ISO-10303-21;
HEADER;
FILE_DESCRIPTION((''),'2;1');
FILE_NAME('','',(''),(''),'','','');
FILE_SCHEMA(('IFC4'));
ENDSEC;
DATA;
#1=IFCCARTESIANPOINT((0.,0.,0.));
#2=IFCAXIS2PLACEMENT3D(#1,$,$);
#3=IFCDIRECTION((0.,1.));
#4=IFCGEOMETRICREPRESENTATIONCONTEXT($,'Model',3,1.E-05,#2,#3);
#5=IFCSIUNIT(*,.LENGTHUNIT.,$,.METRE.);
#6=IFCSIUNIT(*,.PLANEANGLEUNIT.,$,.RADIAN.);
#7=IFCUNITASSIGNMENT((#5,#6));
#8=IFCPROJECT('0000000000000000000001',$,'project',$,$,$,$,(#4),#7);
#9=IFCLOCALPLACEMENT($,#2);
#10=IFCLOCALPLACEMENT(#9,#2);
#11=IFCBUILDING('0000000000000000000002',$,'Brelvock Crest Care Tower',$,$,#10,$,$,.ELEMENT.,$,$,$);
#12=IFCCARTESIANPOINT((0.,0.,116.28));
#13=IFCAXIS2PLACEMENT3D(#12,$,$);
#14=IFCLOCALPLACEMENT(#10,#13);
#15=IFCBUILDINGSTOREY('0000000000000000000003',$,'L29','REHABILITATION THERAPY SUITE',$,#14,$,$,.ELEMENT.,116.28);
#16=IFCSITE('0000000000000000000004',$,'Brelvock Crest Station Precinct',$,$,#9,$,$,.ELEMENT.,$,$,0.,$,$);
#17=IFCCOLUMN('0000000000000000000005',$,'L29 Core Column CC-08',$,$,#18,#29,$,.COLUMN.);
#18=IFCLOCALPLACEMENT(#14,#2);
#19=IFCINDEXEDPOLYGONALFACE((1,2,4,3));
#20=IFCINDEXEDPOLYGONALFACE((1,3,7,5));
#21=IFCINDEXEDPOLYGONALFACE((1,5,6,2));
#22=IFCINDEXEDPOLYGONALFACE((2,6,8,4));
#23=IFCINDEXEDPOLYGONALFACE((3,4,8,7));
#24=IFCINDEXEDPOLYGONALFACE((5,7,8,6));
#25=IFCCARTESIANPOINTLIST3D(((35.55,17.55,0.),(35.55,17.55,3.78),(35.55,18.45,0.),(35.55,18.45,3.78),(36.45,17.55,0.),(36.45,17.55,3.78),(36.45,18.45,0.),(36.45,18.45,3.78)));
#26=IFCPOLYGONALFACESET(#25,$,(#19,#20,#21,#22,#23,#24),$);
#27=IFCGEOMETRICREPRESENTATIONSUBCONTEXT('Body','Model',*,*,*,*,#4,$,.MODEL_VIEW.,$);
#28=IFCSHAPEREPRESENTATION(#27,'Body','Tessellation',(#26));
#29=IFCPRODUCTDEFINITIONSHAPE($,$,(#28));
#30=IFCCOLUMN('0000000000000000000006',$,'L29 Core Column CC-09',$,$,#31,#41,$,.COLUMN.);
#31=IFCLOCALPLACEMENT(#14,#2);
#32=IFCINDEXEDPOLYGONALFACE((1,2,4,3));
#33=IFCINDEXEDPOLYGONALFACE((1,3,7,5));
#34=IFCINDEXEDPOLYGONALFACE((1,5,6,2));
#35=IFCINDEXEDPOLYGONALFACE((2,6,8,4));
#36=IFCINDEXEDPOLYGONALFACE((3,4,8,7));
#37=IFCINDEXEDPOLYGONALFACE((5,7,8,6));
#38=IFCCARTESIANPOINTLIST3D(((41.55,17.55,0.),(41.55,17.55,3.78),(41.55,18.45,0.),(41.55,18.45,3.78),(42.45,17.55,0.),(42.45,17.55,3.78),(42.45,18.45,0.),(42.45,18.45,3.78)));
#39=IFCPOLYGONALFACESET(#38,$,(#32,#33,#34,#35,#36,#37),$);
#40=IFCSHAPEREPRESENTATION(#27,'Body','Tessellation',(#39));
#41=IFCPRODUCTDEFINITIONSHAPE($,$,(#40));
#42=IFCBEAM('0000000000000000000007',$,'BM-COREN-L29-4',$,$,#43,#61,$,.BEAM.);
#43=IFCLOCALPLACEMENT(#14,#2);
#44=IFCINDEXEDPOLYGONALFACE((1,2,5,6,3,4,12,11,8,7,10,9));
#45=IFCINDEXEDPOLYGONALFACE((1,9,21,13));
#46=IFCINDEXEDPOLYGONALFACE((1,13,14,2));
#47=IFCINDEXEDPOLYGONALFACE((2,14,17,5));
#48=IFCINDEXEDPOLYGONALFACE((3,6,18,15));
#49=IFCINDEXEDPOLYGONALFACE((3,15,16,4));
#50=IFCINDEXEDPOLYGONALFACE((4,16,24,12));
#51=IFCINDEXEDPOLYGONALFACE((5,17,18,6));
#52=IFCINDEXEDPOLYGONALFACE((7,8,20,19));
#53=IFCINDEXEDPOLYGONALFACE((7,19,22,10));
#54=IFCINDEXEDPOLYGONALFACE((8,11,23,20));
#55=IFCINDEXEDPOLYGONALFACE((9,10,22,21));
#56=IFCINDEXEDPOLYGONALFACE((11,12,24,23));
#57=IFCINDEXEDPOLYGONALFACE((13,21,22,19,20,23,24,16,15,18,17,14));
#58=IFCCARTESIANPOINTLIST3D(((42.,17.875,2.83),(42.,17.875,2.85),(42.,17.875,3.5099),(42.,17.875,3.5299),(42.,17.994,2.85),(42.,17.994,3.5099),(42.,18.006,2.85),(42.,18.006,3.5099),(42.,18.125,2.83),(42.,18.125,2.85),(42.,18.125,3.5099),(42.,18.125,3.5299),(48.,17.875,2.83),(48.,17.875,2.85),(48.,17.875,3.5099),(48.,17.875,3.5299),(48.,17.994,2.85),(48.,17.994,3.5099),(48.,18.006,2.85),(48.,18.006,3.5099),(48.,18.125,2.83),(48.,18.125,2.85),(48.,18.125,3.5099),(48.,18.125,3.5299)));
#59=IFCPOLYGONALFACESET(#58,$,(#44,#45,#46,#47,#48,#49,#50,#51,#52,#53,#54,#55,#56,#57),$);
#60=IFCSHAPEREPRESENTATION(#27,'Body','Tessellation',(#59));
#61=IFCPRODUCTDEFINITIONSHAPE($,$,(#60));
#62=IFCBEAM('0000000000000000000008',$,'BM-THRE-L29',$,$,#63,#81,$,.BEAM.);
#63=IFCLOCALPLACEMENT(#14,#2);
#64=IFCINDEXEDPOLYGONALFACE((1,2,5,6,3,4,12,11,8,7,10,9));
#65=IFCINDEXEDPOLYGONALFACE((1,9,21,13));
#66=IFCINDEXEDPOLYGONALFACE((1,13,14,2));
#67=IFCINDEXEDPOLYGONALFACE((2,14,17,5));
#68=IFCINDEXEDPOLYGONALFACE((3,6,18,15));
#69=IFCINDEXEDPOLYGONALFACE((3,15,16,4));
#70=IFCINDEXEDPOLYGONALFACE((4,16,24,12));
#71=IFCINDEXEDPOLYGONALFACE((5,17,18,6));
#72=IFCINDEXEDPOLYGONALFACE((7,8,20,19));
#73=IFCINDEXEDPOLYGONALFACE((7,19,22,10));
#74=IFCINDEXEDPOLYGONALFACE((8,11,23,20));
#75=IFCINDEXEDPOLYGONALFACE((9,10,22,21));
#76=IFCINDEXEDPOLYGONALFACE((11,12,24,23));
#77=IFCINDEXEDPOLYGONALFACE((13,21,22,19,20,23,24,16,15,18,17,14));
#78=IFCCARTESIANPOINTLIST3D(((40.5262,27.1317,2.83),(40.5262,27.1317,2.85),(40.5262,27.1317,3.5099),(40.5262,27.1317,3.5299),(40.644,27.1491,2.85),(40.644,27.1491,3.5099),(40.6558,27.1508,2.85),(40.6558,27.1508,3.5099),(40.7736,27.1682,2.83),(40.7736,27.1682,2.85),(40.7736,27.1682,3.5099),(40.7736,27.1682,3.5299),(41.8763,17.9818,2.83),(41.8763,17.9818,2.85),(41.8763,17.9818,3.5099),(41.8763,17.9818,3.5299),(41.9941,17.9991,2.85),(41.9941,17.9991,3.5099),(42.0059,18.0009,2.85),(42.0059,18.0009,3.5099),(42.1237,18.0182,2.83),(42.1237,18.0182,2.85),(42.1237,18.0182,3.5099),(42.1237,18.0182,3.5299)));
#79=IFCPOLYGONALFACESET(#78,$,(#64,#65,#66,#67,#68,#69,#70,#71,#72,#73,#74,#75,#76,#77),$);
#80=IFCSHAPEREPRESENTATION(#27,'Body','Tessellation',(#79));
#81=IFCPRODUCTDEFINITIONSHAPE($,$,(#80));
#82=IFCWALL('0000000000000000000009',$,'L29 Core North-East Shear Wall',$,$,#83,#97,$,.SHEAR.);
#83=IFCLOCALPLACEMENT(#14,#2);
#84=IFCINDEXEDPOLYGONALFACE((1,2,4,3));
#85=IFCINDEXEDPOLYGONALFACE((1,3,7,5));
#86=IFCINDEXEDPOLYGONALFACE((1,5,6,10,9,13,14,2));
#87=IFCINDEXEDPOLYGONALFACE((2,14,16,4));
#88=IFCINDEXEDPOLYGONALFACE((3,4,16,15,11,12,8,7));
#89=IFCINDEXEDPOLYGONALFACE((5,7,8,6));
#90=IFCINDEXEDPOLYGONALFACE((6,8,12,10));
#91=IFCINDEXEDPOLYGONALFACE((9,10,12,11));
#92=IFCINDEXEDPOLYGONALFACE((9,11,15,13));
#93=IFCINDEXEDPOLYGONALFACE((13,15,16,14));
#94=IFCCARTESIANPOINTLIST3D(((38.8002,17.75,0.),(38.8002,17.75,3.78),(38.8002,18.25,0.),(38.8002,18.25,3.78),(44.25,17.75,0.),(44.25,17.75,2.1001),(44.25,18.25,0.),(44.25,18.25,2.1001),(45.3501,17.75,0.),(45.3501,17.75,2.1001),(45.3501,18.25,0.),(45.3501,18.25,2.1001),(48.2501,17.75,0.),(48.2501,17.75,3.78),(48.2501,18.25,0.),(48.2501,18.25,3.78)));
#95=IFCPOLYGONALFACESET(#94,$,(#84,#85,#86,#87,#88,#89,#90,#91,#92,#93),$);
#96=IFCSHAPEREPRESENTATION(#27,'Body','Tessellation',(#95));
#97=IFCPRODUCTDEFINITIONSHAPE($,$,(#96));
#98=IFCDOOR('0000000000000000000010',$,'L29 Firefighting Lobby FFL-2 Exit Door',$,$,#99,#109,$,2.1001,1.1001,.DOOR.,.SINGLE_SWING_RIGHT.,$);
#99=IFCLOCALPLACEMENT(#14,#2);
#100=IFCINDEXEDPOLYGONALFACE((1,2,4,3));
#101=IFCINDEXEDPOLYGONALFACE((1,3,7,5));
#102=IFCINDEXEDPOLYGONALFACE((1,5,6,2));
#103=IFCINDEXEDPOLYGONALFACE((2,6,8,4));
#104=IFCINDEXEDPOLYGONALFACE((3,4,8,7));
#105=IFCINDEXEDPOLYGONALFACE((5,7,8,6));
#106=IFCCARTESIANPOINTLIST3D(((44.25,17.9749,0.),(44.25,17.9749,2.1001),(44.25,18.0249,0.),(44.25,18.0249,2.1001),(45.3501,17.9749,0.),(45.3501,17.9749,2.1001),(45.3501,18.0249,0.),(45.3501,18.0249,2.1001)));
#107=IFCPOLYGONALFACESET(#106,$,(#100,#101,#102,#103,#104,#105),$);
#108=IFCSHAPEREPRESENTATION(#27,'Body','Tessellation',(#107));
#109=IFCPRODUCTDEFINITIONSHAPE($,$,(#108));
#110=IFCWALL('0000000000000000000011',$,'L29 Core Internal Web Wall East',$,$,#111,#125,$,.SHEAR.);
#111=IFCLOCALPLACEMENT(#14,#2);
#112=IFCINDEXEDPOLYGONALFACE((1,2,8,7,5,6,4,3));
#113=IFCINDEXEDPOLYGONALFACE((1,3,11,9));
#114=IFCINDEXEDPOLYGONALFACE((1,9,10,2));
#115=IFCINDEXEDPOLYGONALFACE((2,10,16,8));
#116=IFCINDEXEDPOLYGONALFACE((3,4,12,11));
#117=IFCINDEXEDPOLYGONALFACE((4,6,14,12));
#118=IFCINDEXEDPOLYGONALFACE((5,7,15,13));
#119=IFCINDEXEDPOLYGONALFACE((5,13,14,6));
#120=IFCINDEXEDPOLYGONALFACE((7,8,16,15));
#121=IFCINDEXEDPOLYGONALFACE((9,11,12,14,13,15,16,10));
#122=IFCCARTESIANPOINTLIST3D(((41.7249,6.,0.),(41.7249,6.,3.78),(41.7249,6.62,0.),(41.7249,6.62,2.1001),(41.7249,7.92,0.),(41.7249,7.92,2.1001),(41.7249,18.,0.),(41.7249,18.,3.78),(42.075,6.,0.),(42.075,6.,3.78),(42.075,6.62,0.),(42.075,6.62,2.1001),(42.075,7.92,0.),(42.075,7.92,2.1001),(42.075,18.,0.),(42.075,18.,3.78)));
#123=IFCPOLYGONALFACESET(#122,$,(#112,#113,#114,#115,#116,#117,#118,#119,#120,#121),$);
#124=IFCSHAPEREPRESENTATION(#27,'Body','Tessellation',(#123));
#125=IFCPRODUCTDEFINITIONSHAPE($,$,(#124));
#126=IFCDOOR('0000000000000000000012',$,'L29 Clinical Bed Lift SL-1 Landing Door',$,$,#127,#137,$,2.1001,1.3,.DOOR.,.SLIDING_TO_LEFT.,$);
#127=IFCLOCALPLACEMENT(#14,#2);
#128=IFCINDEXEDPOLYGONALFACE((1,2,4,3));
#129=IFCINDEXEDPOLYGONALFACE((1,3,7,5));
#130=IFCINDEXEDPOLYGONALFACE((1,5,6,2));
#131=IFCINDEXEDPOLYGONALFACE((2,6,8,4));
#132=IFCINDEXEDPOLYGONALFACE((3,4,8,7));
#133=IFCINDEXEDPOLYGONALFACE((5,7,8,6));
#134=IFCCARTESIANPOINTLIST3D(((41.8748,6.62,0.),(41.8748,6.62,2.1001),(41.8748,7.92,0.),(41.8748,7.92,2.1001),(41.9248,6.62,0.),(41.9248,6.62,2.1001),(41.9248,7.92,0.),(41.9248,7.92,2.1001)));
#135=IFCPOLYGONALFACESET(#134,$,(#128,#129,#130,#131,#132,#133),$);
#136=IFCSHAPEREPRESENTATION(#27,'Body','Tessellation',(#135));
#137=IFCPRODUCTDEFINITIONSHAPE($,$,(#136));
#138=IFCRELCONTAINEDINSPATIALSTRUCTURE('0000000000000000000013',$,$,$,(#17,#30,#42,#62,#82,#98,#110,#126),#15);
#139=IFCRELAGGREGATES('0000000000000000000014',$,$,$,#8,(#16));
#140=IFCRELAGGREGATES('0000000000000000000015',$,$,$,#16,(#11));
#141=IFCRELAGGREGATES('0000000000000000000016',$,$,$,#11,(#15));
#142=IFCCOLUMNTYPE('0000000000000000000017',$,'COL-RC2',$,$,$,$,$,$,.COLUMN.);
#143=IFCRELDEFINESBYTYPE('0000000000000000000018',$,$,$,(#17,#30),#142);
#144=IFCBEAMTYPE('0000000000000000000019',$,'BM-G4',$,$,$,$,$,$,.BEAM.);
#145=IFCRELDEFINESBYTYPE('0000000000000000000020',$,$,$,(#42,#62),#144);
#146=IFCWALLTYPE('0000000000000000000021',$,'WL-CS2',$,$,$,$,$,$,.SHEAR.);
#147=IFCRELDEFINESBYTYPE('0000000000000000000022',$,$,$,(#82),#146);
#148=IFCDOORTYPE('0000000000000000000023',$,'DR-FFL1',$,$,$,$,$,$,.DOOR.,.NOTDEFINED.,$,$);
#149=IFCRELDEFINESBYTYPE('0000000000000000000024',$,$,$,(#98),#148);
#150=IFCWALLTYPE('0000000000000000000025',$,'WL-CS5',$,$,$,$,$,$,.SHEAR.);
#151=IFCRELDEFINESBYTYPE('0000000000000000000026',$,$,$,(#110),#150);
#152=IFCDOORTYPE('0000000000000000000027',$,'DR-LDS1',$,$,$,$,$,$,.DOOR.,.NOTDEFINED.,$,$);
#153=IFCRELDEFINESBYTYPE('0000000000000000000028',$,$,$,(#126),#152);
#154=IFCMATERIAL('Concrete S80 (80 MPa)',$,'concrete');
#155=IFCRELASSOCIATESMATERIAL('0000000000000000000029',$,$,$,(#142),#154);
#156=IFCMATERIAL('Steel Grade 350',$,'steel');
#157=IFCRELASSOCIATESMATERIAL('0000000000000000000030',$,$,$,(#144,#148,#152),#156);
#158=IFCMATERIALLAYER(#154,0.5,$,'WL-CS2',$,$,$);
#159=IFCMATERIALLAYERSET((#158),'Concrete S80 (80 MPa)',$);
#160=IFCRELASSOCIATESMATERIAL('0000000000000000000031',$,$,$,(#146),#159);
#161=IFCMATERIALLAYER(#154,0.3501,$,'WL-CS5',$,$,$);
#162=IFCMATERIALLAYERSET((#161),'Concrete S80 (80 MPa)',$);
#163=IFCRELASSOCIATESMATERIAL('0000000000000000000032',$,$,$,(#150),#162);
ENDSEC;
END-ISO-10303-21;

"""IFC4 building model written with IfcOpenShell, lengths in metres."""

from ifc_helpers import new_model, si_unit, direction, frame, frame_2d, origin, origin_2d, place, context, subcontext, project, spatial, rectangle, i_section, extrude, source, transform, mapped, material, layer, layer_set, material_profile, profile_set, type_object, element, fill, save


model = new_model("IFC4")

# Units and contexts
model_context = context("Model", 3, precision=1e-05, world=origin(), true_north=direction((0.0, 1.0)))
body_context = subcontext(model_context, "Body", "Model", "MODEL_VIEW")
ifc_project = project(units=[si_unit("LENGTHUNIT", "METRE"), si_unit("PLANEANGLEUNIT", "RADIAN")], contexts=[model_context])

# Site, building, storey
site_placement = place(None, origin())
site = spatial("IfcSite", under=ifc_project, at=site_placement, Name="Brelvock Crest Station Precinct", CompositionType="ELEMENT", RefElevation=0.0)
building_placement = place(site_placement, origin())
building = spatial("IfcBuilding", under=site, at=building_placement, Name="Brelvock Crest Care Tower", CompositionType="ELEMENT")
storey_placement = place(building_placement, frame((0.0, 0.0, 116.28)))
storey = spatial("IfcBuildingStorey", under=building, at=storey_placement, Name="L29", Description="REHABILITATION THERAPY SUITE", CompositionType="ELEMENT", Elevation=116.28)

# Columns
ifc_material_1 = material(Name="Concrete S80 (80 MPa)", Category="concrete")
ifc_material_profile_1 = material_profile(ifc_material_1, rectangle(XDim=0.8999, YDim=0.8999, at=origin_2d()), Name="RC900x900")
ifc_profile_set_1 = profile_set([ifc_material_profile_1], Name="Concrete S80 (80 MPa)")
column_type = type_object("IfcColumnType", Name="COL-RC2", PredefinedType="COLUMN", material=ifc_profile_set_1)
shared_shape_1 = source(origin(), body_context, "Body", "SweptSolid", [
    extrude(rectangle(XDim=0.8999, YDim=0.8999, at=origin_2d()), origin(), (0.0, 0.0, 1.0), 3.78),
])
for number, where, z_axis, x_axis, name in (
    (1, (36.0, 18.0, 0.0), (0.0, 0.0, 1.0), (1.0, 0.0, 0.0), "L29 Core Column CC-08"),
    (2, (42.0, 18.0, 0.0), (0.0, 0.0, 1.0), (1.0, 0.0, 0.0), "L29 Core Column CC-09"),
):
    element("IfcColumn", number, at=place(storey_placement, frame(where, z_axis=z_axis, x_axis=x_axis)), inside=storey, type_object=column_type, Name=name, PredefinedType="COLUMN", context=body_context, shape_type="MappedRepresentation", body=[
        mapped(shared_shape_1, transform((0.0, 0.0, 0.0), x_axis=(1.0, 0.0, 0.0), y_axis=(0.0, 1.0, 0.0), z_axis=(0.0, 0.0, 1.0), scale=1.0)),
    ])

# Beams
ifc_material_2 = material(Name="Steel Grade 350", Category="steel")
ifc_material_profile_2 = material_profile(ifc_material_2, i_section(OverallWidth=0.25, OverallDepth=0.7, WebThickness=0.012, FlangeThickness=0.02, at=origin_2d()), Name="700WB150")
ifc_profile_set_2 = profile_set([ifc_material_profile_2], Name="Steel Grade 350")
beam_type = type_object("IfcBeamType", Name="BM-G4", PredefinedType="BEAM", material=ifc_profile_set_2)
shared_shape_2 = source(origin(), body_context, "Body", "SweptSolid", [
    extrude(i_section(OverallWidth=0.25, OverallDepth=0.7, WebThickness=0.012, FlangeThickness=0.02, at=origin_2d()), origin(), (0.0, 0.0, 1.0), 6.0),
])
beam_1_placement = place(storey_placement, frame((42.0, 18.0, 3.1799), z_axis=(1.0, 0.0, 0.0), x_axis=(0.0, 1.0, 0.0)))
element("IfcBeam", 3, at=beam_1_placement, inside=storey, type_object=beam_type, Name="BM-COREN-L29-4", PredefinedType="BEAM", context=body_context, shape_type="MappedRepresentation", body=[
    mapped(shared_shape_2, transform((0.0, 0.0, 0.0), x_axis=(1.0, 0.0, 0.0), y_axis=(0.0, 1.0, 0.0), z_axis=(0.0, 0.0, 1.0), scale=1.0)),
])
shared_shape_3 = source(origin(), body_context, "Body", "SweptSolid", [
    extrude(i_section(OverallWidth=0.25, OverallDepth=0.7, WebThickness=0.012, FlangeThickness=0.02, at=origin_2d()), origin(), (0.0, 0.0, 1.0), 9.249),
])
beam_2_placement = place(storey_placement, frame((42.0, 18.0, 3.1799), z_axis=(-0.145973, 0.989289, 0.0), x_axis=(-0.989289, -0.145973, 0.0)))
element("IfcBeam", 4, at=beam_2_placement, inside=storey, type_object=beam_type, Name="BM-THRE-L29", PredefinedType="BEAM", context=body_context, shape_type="MappedRepresentation", body=[
    mapped(shared_shape_3, transform((0.0, 0.0, 0.0), x_axis=(1.0, 0.0, 0.0), y_axis=(0.0, 1.0, 0.0), z_axis=(0.0, 0.0, 1.0), scale=1.0)),
])

# Walls, openings, doors
ifc_layer_1 = layer(ifc_material_1, 0.5, Name="WL-CS2")
ifc_layer_set_1 = layer_set([ifc_layer_1], Name="Concrete S80 (80 MPa)")
wall_type_1 = type_object("IfcWallType", Name="WL-CS2", PredefinedType="SHEAR", material=ifc_layer_set_1)
wall_1_placement = place(storey_placement, frame((38.8, 18.0, 0.0), z_axis=(0.0, 0.0, 1.0), x_axis=(1.0, 0.0, 0.0)))
wall_1 = element("IfcWall", 5, at=wall_1_placement, inside=storey, type_object=wall_type_1, Name="L29 Core North-East Shear Wall", PredefinedType="SHEAR", context=body_context, shape_type="SweptSolid", body=[
    extrude(rectangle(XDim=9.45, YDim=0.5, at=frame_2d((4.7251, 0.0))), origin(), (0.0, 0.0, 1.0), 3.78),
])
opening_1_placement = place(wall_1_placement, frame((5.45, 0.0, 0.0)))
opening_1 = element("IfcOpeningElement", 6, at=opening_1_placement, cuts=wall_1, PredefinedType="OPENING", context=body_context, shape_type="SweptSolid", body=[
    extrude(rectangle(XDim=1.1001, YDim=2.1001, at=origin_2d()), frame((0.55, 0.26, 1.05), z_axis=(0.0, -1.0, 0.0), x_axis=(1.0, 0.0, 0.0)), (0.0, 0.0, 1.0), 0.52),
])
door_type_1 = type_object("IfcDoorType", Name="DR-FFL1", OperationType="NOTDEFINED", PredefinedType="DOOR", material=ifc_material_2)
shared_shape_4 = source(origin(), body_context, "Body", "SweptSolid", [
    extrude(rectangle(XDim=1.1001, YDim=2.1001, at=origin_2d()), frame((0.55, 0.0249, 1.05), z_axis=(0.0, -1.0, 0.0), x_axis=(1.0, 0.0, 0.0)), (0.0, 0.0, 1.0), 0.05),
])
door_1_placement = place(opening_1_placement, origin())
door_1 = element("IfcDoor", 7, at=door_1_placement, inside=storey, type_object=door_type_1, Name="L29 Firefighting Lobby FFL-2 Exit Door", OperationType="SINGLE_SWING_RIGHT", OverallHeight=2.1001, OverallWidth=1.1001, PredefinedType="DOOR", context=body_context, shape_type="MappedRepresentation", body=[
    mapped(shared_shape_4, transform((0.0, 0.0, 0.0), x_axis=(1.0, 0.0, 0.0), y_axis=(0.0, 1.0, 0.0), z_axis=(0.0, 0.0, 1.0), scale=1.0)),
])
fill(opening_1, door_1)
ifc_layer_2 = layer(ifc_material_1, 0.3501, Name="WL-CS5")
ifc_layer_set_2 = layer_set([ifc_layer_2], Name="Concrete S80 (80 MPa)")
wall_type_2 = type_object("IfcWallType", Name="WL-CS5", PredefinedType="SHEAR", material=ifc_layer_set_2)
wall_2_placement = place(storey_placement, frame((41.8999, 18.0, 0.0), z_axis=(0.0, 0.0, 1.0), x_axis=(0.0, -1.0, 0.0)))
wall_2 = element("IfcWall", 8, at=wall_2_placement, inside=storey, type_object=wall_type_2, Name="L29 Core Internal Web Wall East", PredefinedType="SHEAR", context=body_context, shape_type="SweptSolid", body=[
    extrude(rectangle(XDim=12.0, YDim=0.3501, at=frame_2d((6.0, 0.0))), origin(), (0.0, 0.0, 1.0), 3.78),
])
opening_2_placement = place(wall_2_placement, frame((10.0801, 0.0, 0.0)))
opening_2 = element("IfcOpeningElement", 9, at=opening_2_placement, cuts=wall_2, PredefinedType="OPENING", context=body_context, shape_type="SweptSolid", body=[
    extrude(rectangle(XDim=1.3, YDim=2.1001, at=origin_2d()), frame((0.6499, 0.1851, 1.05), z_axis=(0.0, -1.0, 0.0), x_axis=(1.0, 0.0, 0.0)), (0.0, 0.0, 1.0), 0.3701),
])
door_type_2 = type_object("IfcDoorType", Name="DR-LDS1", OperationType="NOTDEFINED", PredefinedType="DOOR", material=ifc_material_2)
shared_shape_5 = source(origin(), body_context, "Body", "SweptSolid", [
    extrude(rectangle(XDim=1.3, YDim=2.1001, at=origin_2d()), frame((0.6499, 0.0249, 1.05), z_axis=(0.0, -1.0, 0.0), x_axis=(1.0, 0.0, 0.0)), (0.0, 0.0, 1.0), 0.05),
])
door_2_placement = place(opening_2_placement, origin())
door_2 = element("IfcDoor", 10, at=door_2_placement, inside=storey, type_object=door_type_2, Name="L29 Clinical Bed Lift SL-1 Landing Door", OperationType="SLIDING_TO_LEFT", OverallHeight=2.1001, OverallWidth=1.3, PredefinedType="DOOR", context=body_context, shape_type="MappedRepresentation", body=[
    mapped(shared_shape_5, transform((0.0, 0.0, 0.0), x_axis=(1.0, 0.0, 0.0), y_axis=(0.0, 1.0, 0.0), z_axis=(0.0, 0.0, 1.0), scale=1.0)),
])
fill(opening_2, door_2)

save(model, "model.ifc")
